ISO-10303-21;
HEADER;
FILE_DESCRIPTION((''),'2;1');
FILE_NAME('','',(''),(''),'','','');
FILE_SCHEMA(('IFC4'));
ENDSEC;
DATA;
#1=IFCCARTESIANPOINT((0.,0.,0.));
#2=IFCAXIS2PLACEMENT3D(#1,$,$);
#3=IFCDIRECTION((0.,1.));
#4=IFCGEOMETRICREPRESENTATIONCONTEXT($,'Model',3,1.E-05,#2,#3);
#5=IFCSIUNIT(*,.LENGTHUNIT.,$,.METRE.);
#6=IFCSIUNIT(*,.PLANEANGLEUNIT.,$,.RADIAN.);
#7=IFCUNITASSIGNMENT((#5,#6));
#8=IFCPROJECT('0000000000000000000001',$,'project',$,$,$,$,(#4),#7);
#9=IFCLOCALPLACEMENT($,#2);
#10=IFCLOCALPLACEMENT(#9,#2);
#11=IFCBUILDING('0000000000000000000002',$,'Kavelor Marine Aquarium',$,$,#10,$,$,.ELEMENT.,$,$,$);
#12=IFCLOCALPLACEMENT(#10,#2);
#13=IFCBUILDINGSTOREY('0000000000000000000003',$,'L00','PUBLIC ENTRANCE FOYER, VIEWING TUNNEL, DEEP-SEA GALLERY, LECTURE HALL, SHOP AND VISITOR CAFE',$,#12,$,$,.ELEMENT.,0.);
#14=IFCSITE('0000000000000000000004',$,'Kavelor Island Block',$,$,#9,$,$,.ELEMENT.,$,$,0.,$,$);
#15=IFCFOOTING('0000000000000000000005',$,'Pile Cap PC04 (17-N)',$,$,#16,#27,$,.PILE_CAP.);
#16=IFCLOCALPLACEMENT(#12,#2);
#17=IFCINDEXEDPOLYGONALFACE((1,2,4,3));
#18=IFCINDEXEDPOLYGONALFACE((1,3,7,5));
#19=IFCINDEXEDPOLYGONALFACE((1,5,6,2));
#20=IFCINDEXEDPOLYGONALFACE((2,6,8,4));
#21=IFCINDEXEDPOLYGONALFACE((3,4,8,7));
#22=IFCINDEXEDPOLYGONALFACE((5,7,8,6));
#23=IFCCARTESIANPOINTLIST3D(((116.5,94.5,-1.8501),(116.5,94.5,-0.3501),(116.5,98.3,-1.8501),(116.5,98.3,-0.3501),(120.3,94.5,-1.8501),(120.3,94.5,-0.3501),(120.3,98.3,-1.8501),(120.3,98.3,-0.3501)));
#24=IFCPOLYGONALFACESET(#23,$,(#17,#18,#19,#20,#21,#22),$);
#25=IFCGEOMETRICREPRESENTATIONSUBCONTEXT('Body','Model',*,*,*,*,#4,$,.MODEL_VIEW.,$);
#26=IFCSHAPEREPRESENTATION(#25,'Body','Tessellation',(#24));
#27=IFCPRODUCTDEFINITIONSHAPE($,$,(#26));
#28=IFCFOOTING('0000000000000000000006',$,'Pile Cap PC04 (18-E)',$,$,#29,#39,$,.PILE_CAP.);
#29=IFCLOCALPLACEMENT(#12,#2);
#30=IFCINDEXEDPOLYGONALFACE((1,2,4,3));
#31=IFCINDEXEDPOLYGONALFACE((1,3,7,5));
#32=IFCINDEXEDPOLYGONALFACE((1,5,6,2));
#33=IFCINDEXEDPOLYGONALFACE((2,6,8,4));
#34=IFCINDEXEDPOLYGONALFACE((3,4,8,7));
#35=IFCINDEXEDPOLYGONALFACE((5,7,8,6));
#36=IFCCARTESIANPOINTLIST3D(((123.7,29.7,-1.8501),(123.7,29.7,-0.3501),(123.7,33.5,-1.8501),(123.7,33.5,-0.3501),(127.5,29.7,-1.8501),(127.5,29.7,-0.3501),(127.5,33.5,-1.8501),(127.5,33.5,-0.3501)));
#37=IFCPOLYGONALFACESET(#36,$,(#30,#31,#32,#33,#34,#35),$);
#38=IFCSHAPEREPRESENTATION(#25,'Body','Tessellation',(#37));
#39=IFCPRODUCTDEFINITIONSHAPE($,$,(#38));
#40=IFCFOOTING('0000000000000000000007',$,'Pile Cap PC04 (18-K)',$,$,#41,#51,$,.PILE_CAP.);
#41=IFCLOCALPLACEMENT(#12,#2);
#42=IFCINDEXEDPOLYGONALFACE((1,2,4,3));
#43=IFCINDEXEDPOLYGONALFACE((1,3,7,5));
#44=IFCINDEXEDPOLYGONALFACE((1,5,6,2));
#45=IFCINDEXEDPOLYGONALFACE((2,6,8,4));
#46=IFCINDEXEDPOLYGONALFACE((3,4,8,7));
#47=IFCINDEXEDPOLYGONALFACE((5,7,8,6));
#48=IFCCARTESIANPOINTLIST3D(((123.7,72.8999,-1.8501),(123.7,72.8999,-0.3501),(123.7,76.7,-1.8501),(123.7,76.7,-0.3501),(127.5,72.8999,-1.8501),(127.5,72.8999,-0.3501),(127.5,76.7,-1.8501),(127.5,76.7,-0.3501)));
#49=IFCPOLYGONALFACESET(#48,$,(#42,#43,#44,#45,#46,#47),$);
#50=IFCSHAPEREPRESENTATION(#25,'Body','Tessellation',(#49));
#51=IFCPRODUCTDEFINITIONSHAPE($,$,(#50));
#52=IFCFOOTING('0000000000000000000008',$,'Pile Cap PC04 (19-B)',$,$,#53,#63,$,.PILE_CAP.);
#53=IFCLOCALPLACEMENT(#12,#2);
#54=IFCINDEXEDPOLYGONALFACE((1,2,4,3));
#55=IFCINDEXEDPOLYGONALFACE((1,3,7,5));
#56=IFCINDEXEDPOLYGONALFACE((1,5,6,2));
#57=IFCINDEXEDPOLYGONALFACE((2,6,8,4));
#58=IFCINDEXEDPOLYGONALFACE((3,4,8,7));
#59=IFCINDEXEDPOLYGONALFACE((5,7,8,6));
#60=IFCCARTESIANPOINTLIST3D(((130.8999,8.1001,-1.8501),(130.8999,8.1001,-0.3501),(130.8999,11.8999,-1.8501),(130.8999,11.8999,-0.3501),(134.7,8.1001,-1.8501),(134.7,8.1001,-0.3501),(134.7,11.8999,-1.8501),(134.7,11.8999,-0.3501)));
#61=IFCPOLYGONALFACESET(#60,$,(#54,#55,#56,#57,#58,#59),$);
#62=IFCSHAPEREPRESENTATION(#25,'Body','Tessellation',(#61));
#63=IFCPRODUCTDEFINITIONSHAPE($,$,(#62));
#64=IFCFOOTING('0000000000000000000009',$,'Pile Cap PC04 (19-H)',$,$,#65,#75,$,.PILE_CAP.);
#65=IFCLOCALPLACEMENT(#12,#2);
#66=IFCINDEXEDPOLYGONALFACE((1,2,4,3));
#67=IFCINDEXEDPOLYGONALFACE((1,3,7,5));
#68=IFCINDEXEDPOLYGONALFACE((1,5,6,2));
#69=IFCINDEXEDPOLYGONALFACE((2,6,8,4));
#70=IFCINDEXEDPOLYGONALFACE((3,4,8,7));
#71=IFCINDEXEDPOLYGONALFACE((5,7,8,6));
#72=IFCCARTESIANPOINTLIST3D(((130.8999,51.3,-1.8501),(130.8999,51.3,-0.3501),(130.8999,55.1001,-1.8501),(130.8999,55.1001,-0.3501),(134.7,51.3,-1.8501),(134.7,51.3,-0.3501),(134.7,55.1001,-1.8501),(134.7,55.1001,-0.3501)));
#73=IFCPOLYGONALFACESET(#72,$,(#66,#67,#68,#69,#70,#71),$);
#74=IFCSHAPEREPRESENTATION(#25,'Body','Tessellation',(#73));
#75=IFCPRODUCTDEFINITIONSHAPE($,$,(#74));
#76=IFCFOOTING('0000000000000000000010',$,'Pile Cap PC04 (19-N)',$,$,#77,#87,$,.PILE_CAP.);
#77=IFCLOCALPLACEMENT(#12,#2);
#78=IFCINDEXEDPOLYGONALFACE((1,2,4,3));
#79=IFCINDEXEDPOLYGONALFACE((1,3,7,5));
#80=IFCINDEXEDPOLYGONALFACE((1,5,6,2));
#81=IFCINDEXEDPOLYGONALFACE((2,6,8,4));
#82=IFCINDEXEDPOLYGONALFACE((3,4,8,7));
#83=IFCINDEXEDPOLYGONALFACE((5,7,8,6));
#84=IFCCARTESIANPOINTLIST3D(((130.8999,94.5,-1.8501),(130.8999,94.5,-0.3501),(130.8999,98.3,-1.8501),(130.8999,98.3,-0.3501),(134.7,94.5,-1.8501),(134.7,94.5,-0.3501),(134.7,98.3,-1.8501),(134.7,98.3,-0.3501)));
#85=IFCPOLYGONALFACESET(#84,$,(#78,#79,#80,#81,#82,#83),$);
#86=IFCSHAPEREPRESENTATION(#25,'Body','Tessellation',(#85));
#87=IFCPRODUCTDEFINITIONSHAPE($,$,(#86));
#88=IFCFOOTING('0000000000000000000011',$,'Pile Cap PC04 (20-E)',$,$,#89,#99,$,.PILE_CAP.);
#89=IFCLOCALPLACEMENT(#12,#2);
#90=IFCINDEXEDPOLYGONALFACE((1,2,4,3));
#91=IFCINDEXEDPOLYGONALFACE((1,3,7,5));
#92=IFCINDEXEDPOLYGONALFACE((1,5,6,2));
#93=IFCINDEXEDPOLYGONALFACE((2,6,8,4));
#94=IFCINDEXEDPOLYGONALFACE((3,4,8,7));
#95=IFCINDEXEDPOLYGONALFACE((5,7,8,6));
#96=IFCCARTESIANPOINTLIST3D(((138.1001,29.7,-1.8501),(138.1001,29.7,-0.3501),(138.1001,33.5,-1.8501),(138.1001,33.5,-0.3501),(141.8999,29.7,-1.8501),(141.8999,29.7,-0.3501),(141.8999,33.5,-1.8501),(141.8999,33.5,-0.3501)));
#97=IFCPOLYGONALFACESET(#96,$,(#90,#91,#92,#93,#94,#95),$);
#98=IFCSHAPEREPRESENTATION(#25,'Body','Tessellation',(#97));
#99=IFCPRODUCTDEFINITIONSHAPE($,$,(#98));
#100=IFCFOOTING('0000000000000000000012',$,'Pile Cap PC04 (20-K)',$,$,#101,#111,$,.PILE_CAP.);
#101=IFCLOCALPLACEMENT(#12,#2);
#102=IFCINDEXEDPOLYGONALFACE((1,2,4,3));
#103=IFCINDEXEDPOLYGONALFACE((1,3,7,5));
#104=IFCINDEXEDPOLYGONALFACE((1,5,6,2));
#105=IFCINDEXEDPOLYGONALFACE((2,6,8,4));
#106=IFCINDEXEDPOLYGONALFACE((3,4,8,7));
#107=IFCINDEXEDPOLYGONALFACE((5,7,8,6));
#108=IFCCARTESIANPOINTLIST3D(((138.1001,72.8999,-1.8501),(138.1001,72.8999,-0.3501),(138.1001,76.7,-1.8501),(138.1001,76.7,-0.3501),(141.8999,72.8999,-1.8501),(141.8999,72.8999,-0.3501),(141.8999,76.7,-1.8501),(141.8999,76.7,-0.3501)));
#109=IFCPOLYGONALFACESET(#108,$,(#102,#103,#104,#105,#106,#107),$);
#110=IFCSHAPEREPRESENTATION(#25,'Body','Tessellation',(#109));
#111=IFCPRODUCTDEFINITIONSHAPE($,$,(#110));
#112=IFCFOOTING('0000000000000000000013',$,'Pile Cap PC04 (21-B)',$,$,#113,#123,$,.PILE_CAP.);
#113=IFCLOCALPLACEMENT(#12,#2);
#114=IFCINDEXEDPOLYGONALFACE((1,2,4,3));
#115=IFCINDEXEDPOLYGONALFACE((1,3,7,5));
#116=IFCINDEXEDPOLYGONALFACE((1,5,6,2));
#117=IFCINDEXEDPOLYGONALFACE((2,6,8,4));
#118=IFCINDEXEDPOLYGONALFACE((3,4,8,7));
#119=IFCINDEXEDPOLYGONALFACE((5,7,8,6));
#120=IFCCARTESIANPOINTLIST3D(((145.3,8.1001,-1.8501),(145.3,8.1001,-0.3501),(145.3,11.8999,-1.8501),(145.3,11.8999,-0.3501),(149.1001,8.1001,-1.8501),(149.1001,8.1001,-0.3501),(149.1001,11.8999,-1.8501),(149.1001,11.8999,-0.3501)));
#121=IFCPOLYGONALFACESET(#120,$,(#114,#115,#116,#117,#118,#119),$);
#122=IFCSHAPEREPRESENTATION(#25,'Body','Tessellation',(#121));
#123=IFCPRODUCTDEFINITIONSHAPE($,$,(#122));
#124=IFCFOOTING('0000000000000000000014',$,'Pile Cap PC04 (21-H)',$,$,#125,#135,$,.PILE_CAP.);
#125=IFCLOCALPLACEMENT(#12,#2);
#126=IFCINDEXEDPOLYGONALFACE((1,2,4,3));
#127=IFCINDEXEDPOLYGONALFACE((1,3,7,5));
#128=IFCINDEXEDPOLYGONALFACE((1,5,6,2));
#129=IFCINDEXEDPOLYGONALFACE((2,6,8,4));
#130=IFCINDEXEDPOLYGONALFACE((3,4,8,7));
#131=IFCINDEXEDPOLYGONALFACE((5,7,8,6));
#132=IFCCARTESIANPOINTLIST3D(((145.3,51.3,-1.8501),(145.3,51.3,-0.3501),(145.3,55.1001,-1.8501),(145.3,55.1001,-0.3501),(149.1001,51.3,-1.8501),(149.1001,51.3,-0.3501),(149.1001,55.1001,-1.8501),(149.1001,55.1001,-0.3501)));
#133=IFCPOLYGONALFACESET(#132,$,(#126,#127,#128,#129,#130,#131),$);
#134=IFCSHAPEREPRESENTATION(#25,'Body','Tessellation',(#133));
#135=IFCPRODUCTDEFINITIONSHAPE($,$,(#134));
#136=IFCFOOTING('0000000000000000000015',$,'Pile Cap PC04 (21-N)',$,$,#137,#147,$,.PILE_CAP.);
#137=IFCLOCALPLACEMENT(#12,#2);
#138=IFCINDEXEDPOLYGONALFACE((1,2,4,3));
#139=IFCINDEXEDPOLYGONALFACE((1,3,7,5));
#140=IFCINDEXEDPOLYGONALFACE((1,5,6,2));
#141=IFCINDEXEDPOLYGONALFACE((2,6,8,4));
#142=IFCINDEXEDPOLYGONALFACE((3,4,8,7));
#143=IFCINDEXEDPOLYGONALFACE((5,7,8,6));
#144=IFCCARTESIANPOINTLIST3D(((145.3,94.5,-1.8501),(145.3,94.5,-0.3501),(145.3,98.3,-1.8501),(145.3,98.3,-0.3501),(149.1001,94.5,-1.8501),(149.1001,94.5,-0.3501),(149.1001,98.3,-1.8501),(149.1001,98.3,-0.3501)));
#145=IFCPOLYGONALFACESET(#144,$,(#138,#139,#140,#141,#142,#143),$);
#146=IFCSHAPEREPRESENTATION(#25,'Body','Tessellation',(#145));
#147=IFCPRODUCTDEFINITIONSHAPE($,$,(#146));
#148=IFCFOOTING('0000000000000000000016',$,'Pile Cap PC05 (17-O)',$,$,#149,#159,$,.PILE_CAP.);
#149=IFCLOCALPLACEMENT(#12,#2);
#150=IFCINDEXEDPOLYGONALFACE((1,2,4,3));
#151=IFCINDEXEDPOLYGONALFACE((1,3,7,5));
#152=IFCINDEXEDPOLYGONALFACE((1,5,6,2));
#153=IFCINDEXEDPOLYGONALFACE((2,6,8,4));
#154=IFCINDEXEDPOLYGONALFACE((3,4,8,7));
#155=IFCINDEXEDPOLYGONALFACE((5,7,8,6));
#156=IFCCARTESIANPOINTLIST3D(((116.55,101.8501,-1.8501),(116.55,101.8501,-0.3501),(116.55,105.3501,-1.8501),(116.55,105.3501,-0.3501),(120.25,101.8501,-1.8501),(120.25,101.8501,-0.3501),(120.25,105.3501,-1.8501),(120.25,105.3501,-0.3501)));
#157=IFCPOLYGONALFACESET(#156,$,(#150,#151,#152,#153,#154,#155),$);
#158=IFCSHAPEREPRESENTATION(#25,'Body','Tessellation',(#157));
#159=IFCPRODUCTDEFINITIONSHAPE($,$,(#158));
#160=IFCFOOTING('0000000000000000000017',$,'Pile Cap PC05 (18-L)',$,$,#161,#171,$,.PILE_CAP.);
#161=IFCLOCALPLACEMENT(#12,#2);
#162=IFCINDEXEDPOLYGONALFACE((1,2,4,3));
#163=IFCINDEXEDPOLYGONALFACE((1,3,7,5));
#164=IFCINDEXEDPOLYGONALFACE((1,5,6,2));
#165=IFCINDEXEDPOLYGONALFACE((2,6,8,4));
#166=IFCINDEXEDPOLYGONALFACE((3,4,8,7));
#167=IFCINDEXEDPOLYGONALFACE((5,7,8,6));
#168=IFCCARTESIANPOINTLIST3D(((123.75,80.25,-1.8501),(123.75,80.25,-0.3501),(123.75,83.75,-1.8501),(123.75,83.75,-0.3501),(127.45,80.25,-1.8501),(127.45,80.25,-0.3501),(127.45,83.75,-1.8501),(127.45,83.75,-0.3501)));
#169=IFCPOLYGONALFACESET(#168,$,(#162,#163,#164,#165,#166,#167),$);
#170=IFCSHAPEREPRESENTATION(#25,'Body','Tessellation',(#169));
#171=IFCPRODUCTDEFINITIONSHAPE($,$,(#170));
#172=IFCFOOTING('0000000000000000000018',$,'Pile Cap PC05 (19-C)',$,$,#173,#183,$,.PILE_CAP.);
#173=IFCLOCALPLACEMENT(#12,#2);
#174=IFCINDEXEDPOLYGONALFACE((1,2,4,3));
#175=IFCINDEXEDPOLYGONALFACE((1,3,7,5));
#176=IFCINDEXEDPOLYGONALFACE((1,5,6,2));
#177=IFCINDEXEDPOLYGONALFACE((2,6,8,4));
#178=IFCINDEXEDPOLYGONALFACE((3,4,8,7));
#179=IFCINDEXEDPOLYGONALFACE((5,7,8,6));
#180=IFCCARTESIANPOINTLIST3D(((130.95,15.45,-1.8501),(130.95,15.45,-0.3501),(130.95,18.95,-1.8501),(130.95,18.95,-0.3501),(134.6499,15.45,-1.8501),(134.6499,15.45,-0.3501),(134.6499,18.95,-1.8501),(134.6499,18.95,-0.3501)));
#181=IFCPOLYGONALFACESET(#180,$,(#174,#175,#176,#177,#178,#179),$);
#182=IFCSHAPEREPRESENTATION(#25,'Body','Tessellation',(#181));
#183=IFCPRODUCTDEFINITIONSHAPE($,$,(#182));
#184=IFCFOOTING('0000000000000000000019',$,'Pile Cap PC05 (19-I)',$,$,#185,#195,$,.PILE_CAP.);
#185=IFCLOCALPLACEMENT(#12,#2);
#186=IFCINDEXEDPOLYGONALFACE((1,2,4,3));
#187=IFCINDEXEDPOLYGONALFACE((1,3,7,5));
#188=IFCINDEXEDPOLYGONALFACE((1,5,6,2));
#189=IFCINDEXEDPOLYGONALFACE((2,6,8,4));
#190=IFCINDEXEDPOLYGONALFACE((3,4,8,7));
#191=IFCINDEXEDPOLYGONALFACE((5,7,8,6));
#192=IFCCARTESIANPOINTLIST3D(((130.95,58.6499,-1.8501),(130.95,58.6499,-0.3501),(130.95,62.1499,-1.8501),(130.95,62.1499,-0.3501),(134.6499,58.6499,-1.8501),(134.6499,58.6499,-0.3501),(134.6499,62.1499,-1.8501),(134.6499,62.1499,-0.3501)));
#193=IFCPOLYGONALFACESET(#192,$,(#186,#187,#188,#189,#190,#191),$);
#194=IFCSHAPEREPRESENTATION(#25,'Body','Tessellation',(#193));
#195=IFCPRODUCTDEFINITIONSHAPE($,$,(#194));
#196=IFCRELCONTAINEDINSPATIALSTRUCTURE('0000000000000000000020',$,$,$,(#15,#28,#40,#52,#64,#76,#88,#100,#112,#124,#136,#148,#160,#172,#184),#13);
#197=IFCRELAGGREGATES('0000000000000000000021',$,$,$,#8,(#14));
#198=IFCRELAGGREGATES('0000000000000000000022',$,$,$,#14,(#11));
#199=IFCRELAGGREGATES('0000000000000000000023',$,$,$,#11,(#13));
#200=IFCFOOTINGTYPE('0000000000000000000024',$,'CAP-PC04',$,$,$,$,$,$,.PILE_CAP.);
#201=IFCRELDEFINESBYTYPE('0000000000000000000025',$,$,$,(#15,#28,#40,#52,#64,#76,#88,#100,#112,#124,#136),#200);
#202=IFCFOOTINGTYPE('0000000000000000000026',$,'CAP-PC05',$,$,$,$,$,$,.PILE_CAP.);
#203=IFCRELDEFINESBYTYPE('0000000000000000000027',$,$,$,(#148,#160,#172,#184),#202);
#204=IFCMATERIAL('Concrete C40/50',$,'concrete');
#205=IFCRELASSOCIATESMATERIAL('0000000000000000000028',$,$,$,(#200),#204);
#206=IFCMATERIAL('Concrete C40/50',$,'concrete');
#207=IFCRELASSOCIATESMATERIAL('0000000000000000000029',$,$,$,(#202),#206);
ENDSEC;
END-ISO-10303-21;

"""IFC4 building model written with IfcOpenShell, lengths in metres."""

from ifc_helpers import new_model, si_unit, direction, frame, origin, place, context, subcontext, project, spatial, polyline, outline, extrude, material, type_object, element, save


model = new_model("IFC4")

# Units and contexts
model_context = context("Model", 3, precision=1e-05, world=origin(), true_north=direction((0.0, 1.0)))
body_context = subcontext(model_context, "Body", "Model", "MODEL_VIEW")
ifc_project = project(units=[si_unit("LENGTHUNIT", "METRE"), si_unit("PLANEANGLEUNIT", "RADIAN")], contexts=[model_context])

# Site, building, storey
site_placement = place(None, origin())
site = spatial("IfcSite", under=ifc_project, at=site_placement, Name="Kavelor Island Block", CompositionType="ELEMENT", RefElevation=0.0)
building_placement = place(site_placement, origin())
building = spatial("IfcBuilding", under=site, at=building_placement, Name="Kavelor Marine Aquarium", CompositionType="ELEMENT")
storey_placement = place(building_placement, origin())
storey = spatial("IfcBuildingStorey", under=building, at=storey_placement, Name="L00", Description="PUBLIC ENTRANCE FOYER, VIEWING TUNNEL, DEEP-SEA GALLERY, LECTURE HALL, SHOP AND VISITOR CAFE", CompositionType="ELEMENT", Elevation=0.0)

# Footings
ifc_material_1 = material(Name="Concrete C40/50", Category="concrete")
footing_type_1 = type_object("IfcFootingType", Name="CAP-PC04", PredefinedType="PILE_CAP", material=ifc_material_1)
footing_1_placement = place(storey_placement, frame((0.0, 0.0, -1.8501)))
element("IfcFooting", 1, at=footing_1_placement, inside=storey, type_object=footing_type_1, Name="Pile Cap PC04 (17-N)", PredefinedType="PILE_CAP", context=body_context, shape_type="SweptSolid", body=[
    extrude(outline(polyline([(116.5, 94.5), (120.3, 94.5), (120.3, 98.3), (116.5, 98.3), (116.5, 94.5)])), origin(), (0.0, 0.0, 1.0), 1.5),
])
footing_2_placement = place(storey_placement, frame((0.0, 0.0, -1.8501)))
element("IfcFooting", 2, at=footing_2_placement, inside=storey, type_object=footing_type_1, Name="Pile Cap PC04 (18-E)", PredefinedType="PILE_CAP", context=body_context, shape_type="SweptSolid", body=[
    extrude(outline(polyline([(123.7, 29.7), (127.5, 29.7), (127.5, 33.5), (123.7, 33.5), (123.7, 29.7)])), origin(), (0.0, 0.0, 1.0), 1.5),
])
footing_3_placement = place(storey_placement, frame((0.0, 0.0, -1.8501)))
element("IfcFooting", 3, at=footing_3_placement, inside=storey, type_object=footing_type_1, Name="Pile Cap PC04 (18-K)", PredefinedType="PILE_CAP", context=body_context, shape_type="SweptSolid", body=[
    extrude(outline(polyline([(123.7, 72.8999), (127.5, 72.8999), (127.5, 76.7), (123.7, 76.7), (123.7, 72.8999)])), origin(), (0.0, 0.0, 1.0), 1.5),
])
footing_4_placement = place(storey_placement, frame((0.0, 0.0, -1.8501)))
element("IfcFooting", 4, at=footing_4_placement, inside=storey, type_object=footing_type_1, Name="Pile Cap PC04 (19-B)", PredefinedType="PILE_CAP", context=body_context, shape_type="SweptSolid", body=[
    extrude(outline(polyline([(130.8999, 8.1001), (134.7, 8.1001), (134.7, 11.8999), (130.8999, 11.8999), (130.8999, 8.1001)])), origin(), (0.0, 0.0, 1.0), 1.5),
])
footing_5_placement = place(storey_placement, frame((0.0, 0.0, -1.8501)))
element("IfcFooting", 5, at=footing_5_placement, inside=storey, type_object=footing_type_1, Name="Pile Cap PC04 (19-H)", PredefinedType="PILE_CAP", context=body_context, shape_type="SweptSolid", body=[
    extrude(outline(polyline([(130.8999, 51.3), (134.7, 51.3), (134.7, 55.1001), (130.8999, 55.1001), (130.8999, 51.3)])), origin(), (0.0, 0.0, 1.0), 1.5),
])
footing_6_placement = place(storey_placement, frame((0.0, 0.0, -1.8501)))
element("IfcFooting", 6, at=footing_6_placement, inside=storey, type_object=footing_type_1, Name="Pile Cap PC04 (19-N)", PredefinedType="PILE_CAP", context=body_context, shape_type="SweptSolid", body=[
    extrude(outline(polyline([(130.8999, 94.5), (134.7, 94.5), (134.7, 98.3), (130.8999, 98.3), (130.8999, 94.5)])), origin(), (0.0, 0.0, 1.0), 1.5),
])
footing_7_placement = place(storey_placement, frame((0.0, 0.0, -1.8501)))
element("IfcFooting", 7, at=footing_7_placement, inside=storey, type_object=footing_type_1, Name="Pile Cap PC04 (20-E)", PredefinedType="PILE_CAP", context=body_context, shape_type="SweptSolid", body=[
    extrude(outline(polyline([(138.1001, 29.7), (141.8999, 29.7), (141.8999, 33.5), (138.1001, 33.5), (138.1001, 29.7)])), origin(), (0.0, 0.0, 1.0), 1.5),
])
footing_8_placement = place(storey_placement, frame((0.0, 0.0, -1.8501)))
element("IfcFooting", 8, at=footing_8_placement, inside=storey, type_object=footing_type_1, Name="Pile Cap PC04 (20-K)", PredefinedType="PILE_CAP", context=body_context, shape_type="SweptSolid", body=[
    extrude(outline(polyline([(138.1001, 72.8999), (141.8999, 72.8999), (141.8999, 76.7), (138.1001, 76.7), (138.1001, 72.8999)])), origin(), (0.0, 0.0, 1.0), 1.5),
])
footing_9_placement = place(storey_placement, frame((0.0, 0.0, -1.8501)))
element("IfcFooting", 9, at=footing_9_placement, inside=storey, type_object=footing_type_1, Name="Pile Cap PC04 (21-B)", PredefinedType="PILE_CAP", context=body_context, shape_type="SweptSolid", body=[
    extrude(outline(polyline([(145.3, 8.1001), (149.1001, 8.1001), (149.1001, 11.8999), (145.3, 11.8999), (145.3, 8.1001)])), origin(), (0.0, 0.0, 1.0), 1.5),
])
footing_10_placement = place(storey_placement, frame((0.0, 0.0, -1.8501)))
element("IfcFooting", 10, at=footing_10_placement, inside=storey, type_object=footing_type_1, Name="Pile Cap PC04 (21-H)", PredefinedType="PILE_CAP", context=body_context, shape_type="SweptSolid", body=[
    extrude(outline(polyline([(145.3, 51.3), (149.1001, 51.3), (149.1001, 55.1001), (145.3, 55.1001), (145.3, 51.3)])), origin(), (0.0, 0.0, 1.0), 1.5),
])
footing_11_placement = place(storey_placement, frame((0.0, 0.0, -1.8501)))
element("IfcFooting", 11, at=footing_11_placement, inside=storey, type_object=footing_type_1, Name="Pile Cap PC04 (21-N)", PredefinedType="PILE_CAP", context=body_context, shape_type="SweptSolid", body=[
    extrude(outline(polyline([(145.3, 94.5), (149.1001, 94.5), (149.1001, 98.3), (145.3, 98.3), (145.3, 94.5)])), origin(), (0.0, 0.0, 1.0), 1.5),
])
ifc_material_2 = material(Name="Concrete C40/50", Category="concrete")
footing_type_2 = type_object("IfcFootingType", Name="CAP-PC05", PredefinedType="PILE_CAP", material=ifc_material_2)
footing_12_placement = place(storey_placement, frame((0.0, 0.0, -1.8501)))
element("IfcFooting", 12, at=footing_12_placement, inside=storey, type_object=footing_type_2, Name="Pile Cap PC05 (17-O)", PredefinedType="PILE_CAP", context=body_context, shape_type="SweptSolid", body=[
    extrude(outline(polyline([(116.55, 101.8501), (120.25, 101.8501), (120.25, 105.3501), (116.55, 105.3501), (116.55, 101.8501)])), origin(), (0.0, 0.0, 1.0), 1.5),
])
footing_13_placement = place(storey_placement, frame((0.0, 0.0, -1.8501)))
element("IfcFooting", 13, at=footing_13_placement, inside=storey, type_object=footing_type_2, Name="Pile Cap PC05 (18-L)", PredefinedType="PILE_CAP", context=body_context, shape_type="SweptSolid", body=[
    extrude(outline(polyline([(123.75, 80.25), (127.45, 80.25), (127.45, 83.75), (123.75, 83.75), (123.75, 80.25)])), origin(), (0.0, 0.0, 1.0), 1.5),
])
footing_14_placement = place(storey_placement, frame((0.0, 0.0, -1.8501)))
element("IfcFooting", 14, at=footing_14_placement, inside=storey, type_object=footing_type_2, Name="Pile Cap PC05 (19-C)", PredefinedType="PILE_CAP", context=body_context, shape_type="SweptSolid", body=[
    extrude(outline(polyline([(130.95, 15.45), (134.6499, 15.45), (134.6499, 18.95), (130.95, 18.95), (130.95, 15.45)])), origin(), (0.0, 0.0, 1.0), 1.5),
])
footing_15_placement = place(storey_placement, frame((0.0, 0.0, -1.8501)))
element("IfcFooting", 15, at=footing_15_placement, inside=storey, type_object=footing_type_2, Name="Pile Cap PC05 (19-I)", PredefinedType="PILE_CAP", context=body_context, shape_type="SweptSolid", body=[
    extrude(outline(polyline([(130.95, 58.6499), (134.6499, 58.6499), (134.6499, 62.1499), (130.95, 62.1499), (130.95, 58.6499)])), origin(), (0.0, 0.0, 1.0), 1.5),
])

save(model, "model.ifc")
